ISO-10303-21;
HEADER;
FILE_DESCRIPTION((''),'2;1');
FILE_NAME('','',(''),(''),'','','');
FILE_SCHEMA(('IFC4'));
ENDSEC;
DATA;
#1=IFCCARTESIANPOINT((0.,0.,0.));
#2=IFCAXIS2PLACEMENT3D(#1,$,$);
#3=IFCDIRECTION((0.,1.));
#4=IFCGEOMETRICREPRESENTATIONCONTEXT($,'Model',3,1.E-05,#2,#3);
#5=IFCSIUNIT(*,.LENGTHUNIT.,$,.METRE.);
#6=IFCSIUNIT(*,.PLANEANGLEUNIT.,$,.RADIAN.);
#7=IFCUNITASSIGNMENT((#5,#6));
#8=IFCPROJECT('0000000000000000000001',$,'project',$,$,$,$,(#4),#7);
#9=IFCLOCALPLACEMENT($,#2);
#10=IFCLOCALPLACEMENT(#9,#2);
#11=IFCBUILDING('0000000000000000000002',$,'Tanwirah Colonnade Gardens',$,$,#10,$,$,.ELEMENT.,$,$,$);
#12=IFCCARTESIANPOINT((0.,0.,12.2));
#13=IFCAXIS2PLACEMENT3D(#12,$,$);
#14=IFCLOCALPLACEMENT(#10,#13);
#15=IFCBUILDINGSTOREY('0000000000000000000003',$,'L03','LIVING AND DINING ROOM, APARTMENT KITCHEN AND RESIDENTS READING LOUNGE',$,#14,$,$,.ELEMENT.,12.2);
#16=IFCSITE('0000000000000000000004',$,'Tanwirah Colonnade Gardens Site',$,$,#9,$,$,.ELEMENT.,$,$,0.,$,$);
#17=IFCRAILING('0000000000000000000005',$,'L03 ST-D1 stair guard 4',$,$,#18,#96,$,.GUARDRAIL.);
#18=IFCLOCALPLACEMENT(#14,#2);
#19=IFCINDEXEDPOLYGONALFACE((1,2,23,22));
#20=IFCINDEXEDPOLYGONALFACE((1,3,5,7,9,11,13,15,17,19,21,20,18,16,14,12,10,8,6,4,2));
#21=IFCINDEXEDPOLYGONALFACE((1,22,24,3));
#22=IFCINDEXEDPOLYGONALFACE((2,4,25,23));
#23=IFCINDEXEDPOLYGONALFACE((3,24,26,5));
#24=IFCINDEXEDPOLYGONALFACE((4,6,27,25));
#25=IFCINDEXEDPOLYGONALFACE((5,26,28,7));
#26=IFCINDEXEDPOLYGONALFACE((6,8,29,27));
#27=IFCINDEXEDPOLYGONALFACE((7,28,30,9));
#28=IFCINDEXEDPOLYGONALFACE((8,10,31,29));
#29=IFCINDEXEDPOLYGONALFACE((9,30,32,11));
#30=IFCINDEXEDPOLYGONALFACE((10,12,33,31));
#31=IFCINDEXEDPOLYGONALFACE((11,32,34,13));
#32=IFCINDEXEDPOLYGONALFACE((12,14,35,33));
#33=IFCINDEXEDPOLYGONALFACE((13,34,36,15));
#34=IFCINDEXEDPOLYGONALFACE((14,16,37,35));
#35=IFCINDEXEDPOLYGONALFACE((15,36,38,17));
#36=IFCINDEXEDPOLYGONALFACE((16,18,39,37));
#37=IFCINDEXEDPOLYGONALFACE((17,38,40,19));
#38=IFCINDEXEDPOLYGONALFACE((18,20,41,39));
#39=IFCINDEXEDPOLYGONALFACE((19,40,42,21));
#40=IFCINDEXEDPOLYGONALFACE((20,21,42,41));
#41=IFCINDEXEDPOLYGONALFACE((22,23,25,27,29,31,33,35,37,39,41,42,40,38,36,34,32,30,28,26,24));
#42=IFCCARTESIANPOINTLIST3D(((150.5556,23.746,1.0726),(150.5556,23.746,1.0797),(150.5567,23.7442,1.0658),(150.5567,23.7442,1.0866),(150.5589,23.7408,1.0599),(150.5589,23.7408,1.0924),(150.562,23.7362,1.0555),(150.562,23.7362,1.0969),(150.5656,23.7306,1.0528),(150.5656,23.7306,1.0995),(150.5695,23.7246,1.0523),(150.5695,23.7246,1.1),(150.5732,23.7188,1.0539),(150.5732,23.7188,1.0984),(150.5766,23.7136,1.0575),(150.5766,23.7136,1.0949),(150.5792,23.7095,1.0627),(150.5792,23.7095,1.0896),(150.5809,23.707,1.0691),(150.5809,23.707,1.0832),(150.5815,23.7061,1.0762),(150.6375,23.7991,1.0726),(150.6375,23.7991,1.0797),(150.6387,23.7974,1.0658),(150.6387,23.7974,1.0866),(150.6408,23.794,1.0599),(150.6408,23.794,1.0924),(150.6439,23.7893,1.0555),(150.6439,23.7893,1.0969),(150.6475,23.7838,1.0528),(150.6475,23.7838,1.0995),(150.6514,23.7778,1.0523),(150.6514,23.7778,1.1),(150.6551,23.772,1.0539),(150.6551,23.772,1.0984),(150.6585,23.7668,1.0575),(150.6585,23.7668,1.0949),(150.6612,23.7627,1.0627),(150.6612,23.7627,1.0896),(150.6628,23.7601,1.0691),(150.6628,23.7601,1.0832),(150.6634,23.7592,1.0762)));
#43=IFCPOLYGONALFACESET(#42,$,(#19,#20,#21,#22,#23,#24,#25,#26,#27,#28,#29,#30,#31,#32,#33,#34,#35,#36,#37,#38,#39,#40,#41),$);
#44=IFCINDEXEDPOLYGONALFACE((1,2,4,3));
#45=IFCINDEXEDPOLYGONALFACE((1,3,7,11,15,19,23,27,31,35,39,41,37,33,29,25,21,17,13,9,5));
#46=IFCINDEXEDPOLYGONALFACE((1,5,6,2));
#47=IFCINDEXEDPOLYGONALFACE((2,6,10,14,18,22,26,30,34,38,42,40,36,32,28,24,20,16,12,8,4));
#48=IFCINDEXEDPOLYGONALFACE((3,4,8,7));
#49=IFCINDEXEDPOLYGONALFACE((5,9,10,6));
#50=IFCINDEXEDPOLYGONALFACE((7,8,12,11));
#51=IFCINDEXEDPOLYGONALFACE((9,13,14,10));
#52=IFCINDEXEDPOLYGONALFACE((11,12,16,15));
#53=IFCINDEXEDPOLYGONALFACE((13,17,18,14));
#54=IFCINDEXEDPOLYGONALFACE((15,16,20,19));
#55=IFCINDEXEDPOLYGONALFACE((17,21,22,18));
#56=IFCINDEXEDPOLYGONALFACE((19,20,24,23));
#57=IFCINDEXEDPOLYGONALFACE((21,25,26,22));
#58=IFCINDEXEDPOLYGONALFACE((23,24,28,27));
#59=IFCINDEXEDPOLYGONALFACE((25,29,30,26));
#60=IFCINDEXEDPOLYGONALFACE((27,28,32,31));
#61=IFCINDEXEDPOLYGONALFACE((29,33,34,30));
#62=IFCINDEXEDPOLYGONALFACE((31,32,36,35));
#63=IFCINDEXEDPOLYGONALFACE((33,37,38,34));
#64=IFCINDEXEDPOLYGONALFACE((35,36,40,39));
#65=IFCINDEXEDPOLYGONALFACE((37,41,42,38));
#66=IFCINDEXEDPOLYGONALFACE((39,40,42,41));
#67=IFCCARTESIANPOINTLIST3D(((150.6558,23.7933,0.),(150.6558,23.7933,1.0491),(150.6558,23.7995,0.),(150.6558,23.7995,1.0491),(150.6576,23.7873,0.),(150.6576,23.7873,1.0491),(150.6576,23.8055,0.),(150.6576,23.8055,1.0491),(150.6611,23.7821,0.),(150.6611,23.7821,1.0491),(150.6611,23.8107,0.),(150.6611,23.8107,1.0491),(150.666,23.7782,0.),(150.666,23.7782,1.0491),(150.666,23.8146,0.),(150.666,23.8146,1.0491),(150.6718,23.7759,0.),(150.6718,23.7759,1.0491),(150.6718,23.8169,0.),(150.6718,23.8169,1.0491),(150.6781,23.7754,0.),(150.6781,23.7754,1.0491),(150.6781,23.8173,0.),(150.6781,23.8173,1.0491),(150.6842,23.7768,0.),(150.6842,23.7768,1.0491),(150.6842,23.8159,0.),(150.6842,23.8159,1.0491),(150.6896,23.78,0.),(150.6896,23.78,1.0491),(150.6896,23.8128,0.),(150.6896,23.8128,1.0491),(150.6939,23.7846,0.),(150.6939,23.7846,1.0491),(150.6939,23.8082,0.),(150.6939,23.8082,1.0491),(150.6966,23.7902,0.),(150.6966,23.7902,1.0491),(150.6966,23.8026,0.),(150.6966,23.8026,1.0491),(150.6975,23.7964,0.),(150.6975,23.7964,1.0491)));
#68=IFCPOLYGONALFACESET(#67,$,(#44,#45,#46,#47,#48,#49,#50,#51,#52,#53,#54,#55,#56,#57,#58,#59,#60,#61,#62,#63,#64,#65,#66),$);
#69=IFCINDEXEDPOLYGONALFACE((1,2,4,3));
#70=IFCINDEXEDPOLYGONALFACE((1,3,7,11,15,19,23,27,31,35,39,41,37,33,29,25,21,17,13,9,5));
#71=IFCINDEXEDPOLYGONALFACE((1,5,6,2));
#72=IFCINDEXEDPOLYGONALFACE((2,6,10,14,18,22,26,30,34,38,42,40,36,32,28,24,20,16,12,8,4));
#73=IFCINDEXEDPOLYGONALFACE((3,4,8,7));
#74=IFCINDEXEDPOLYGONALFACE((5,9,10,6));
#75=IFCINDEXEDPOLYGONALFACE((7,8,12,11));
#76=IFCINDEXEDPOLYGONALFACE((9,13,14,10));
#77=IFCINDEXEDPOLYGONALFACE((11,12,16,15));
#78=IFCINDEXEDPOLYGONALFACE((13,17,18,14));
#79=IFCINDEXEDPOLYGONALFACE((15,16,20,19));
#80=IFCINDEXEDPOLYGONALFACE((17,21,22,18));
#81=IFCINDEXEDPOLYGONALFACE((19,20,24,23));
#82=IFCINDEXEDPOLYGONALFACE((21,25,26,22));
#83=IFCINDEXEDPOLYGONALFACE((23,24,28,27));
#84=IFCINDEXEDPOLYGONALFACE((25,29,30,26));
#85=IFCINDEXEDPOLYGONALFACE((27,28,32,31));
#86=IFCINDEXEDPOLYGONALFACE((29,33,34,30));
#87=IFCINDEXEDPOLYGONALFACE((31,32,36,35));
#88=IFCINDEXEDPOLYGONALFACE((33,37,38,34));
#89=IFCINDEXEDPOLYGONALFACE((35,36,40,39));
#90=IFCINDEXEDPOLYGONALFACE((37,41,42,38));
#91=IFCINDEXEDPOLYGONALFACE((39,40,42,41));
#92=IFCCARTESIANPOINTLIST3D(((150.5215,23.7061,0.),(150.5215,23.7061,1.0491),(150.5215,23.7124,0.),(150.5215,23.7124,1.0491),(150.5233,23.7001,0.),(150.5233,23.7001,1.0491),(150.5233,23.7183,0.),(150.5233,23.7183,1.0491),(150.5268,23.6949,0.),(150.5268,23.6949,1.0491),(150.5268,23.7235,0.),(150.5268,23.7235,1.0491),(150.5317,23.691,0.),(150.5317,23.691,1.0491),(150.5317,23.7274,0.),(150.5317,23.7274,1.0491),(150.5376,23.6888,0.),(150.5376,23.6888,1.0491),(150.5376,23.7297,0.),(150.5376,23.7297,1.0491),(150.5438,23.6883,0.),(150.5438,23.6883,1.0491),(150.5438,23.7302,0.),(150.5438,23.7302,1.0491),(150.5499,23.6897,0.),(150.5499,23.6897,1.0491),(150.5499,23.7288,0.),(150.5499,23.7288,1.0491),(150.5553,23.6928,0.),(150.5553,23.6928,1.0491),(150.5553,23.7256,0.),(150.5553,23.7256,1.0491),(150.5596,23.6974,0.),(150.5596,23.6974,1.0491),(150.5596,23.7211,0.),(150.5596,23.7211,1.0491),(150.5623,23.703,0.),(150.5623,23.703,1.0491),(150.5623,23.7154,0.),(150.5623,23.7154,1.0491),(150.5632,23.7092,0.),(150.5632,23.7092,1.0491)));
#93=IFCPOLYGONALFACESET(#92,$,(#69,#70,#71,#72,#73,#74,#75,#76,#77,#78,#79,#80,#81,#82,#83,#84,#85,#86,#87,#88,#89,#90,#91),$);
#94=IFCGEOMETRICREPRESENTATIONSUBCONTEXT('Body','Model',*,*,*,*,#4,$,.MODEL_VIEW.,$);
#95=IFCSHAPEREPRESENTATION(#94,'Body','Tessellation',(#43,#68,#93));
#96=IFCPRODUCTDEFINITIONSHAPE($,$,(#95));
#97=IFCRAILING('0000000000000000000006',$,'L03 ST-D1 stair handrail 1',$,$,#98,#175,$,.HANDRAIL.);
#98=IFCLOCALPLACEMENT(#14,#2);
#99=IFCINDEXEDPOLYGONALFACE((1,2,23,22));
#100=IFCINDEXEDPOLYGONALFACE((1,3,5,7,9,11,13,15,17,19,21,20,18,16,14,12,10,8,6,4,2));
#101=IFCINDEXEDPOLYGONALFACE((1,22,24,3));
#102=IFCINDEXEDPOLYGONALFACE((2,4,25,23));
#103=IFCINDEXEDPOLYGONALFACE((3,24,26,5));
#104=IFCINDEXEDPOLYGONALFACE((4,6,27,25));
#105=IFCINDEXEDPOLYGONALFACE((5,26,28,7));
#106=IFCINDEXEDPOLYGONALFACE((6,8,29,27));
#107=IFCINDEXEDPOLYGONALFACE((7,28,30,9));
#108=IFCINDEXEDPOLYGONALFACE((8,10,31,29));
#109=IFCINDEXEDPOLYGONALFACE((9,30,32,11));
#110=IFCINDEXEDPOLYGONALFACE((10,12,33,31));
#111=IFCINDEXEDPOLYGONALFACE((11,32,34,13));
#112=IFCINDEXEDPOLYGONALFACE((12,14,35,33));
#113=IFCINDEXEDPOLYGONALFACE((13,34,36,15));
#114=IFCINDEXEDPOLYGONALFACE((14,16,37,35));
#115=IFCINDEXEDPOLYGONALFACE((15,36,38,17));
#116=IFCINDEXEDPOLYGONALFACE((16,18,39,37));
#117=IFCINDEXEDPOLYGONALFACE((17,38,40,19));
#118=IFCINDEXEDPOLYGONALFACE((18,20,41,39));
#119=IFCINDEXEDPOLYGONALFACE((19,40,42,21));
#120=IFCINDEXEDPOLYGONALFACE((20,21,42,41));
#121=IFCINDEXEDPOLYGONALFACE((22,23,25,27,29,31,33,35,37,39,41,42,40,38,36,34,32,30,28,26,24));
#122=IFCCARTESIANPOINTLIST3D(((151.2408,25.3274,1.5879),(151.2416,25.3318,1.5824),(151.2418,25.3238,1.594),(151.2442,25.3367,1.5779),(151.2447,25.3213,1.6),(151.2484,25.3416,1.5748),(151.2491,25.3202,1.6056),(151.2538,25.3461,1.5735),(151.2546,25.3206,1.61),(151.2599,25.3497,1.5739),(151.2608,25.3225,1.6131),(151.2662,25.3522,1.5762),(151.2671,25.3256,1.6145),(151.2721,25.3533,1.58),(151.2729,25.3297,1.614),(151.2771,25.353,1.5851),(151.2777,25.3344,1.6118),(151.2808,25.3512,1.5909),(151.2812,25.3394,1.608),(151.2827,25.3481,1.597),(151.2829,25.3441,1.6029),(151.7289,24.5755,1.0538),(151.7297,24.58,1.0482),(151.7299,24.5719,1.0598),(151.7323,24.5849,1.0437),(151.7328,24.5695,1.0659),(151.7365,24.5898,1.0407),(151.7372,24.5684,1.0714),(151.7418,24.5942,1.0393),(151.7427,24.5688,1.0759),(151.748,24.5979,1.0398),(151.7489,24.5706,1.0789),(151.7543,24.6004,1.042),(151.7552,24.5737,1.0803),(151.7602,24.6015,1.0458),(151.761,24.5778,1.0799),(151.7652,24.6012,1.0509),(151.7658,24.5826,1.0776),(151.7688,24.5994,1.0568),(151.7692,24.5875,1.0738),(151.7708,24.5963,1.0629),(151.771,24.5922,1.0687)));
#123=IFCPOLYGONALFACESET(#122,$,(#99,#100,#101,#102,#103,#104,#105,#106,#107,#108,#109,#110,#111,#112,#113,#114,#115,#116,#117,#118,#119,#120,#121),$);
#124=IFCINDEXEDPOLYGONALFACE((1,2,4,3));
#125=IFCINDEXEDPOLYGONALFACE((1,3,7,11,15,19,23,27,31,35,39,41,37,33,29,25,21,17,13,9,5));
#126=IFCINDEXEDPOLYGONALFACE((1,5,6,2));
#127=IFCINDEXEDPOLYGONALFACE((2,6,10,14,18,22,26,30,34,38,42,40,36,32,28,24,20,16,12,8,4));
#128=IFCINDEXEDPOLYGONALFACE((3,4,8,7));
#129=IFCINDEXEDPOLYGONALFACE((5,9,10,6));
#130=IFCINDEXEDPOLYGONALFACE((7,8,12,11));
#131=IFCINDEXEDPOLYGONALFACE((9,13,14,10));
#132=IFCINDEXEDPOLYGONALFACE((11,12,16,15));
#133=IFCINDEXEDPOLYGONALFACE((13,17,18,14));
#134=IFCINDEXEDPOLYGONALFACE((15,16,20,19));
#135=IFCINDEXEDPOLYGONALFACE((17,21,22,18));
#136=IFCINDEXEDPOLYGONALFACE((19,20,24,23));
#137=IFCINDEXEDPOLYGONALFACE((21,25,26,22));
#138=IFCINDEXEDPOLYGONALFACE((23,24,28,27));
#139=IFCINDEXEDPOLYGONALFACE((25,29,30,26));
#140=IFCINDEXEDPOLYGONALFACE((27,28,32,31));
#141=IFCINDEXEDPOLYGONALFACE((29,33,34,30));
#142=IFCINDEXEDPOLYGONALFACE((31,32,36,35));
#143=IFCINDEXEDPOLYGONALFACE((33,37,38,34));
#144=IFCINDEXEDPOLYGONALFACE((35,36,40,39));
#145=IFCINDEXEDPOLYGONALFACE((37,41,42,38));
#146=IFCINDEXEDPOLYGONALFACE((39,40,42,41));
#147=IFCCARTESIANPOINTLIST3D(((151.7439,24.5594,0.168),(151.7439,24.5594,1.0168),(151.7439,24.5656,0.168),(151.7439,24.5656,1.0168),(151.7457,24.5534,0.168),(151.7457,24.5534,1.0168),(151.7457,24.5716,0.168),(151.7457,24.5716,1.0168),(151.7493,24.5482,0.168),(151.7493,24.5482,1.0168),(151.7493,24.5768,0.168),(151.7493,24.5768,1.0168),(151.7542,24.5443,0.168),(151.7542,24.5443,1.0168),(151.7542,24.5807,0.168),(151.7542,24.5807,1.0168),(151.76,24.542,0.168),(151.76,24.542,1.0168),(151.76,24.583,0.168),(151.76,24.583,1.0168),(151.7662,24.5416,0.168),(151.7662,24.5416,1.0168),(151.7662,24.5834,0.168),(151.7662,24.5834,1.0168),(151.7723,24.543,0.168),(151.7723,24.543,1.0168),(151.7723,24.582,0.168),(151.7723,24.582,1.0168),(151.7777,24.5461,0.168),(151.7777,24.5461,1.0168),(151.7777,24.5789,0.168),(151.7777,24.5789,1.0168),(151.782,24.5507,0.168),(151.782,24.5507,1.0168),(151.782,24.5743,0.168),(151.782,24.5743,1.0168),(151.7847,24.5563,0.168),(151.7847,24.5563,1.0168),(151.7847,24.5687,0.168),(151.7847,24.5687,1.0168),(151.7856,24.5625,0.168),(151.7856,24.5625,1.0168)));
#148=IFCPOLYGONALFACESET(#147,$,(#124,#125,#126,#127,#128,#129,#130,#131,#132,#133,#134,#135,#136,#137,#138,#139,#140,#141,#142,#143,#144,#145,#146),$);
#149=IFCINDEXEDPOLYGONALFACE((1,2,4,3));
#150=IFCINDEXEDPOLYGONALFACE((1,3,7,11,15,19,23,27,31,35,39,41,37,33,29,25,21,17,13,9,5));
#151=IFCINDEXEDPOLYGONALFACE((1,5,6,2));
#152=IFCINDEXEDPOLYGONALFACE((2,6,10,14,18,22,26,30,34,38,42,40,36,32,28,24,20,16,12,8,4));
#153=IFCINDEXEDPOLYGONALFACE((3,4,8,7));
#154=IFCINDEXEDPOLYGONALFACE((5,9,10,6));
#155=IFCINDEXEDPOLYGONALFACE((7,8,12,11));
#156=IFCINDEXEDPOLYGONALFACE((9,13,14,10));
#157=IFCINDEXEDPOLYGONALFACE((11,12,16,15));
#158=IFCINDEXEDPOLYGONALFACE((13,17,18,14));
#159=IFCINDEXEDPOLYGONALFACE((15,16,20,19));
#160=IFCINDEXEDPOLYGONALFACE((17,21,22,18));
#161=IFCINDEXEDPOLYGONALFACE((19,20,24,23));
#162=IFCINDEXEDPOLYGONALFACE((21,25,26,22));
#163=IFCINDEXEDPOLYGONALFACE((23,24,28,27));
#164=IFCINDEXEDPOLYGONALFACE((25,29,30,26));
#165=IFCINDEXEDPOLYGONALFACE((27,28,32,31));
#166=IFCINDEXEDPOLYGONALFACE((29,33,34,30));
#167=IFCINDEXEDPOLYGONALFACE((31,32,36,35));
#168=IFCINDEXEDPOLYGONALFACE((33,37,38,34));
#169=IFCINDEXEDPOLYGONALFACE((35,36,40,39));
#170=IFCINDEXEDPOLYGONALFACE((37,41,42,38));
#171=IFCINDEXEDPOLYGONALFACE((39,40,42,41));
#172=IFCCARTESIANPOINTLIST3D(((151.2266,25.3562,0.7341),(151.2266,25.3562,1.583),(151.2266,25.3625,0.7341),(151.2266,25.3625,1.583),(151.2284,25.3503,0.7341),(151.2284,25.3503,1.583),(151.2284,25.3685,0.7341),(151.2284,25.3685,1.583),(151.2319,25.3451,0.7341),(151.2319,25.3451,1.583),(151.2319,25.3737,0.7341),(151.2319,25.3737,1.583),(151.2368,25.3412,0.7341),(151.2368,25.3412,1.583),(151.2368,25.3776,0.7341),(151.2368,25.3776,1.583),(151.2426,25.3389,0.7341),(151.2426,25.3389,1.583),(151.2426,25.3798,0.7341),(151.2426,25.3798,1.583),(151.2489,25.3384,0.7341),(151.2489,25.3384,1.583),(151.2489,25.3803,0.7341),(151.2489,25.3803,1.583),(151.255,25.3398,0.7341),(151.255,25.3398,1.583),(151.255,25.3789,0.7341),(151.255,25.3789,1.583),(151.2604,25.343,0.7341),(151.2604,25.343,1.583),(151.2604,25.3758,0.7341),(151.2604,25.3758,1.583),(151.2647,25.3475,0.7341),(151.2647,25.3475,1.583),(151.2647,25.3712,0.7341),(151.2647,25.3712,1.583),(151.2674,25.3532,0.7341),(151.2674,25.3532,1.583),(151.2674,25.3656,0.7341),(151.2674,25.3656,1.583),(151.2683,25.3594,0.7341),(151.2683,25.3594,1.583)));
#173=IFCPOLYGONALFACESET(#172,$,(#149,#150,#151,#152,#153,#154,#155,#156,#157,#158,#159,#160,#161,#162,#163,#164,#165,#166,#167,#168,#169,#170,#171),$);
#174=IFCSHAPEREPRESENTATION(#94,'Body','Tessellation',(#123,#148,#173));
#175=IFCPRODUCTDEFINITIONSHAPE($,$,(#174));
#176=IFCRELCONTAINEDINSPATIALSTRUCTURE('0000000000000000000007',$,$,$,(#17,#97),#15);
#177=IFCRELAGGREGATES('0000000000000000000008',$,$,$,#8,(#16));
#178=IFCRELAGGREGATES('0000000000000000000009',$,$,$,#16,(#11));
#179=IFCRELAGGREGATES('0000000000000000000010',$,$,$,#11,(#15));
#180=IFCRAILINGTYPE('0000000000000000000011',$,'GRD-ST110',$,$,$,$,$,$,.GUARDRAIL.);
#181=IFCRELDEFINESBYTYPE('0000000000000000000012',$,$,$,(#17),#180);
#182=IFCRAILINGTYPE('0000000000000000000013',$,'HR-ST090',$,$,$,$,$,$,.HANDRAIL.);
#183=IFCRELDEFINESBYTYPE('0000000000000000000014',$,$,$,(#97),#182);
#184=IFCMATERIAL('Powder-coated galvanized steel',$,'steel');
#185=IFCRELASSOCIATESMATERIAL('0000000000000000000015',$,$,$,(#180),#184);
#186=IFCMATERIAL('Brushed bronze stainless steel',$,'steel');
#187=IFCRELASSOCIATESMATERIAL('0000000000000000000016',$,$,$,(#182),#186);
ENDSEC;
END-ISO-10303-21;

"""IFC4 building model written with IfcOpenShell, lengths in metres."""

from ifc_helpers import new_model, si_unit, direction, frame, origin, origin_2d, place, context, subcontext, project, spatial, circle, extrude, material, type_object, element, save


model = new_model("IFC4")

# Units and contexts
model_context = context("Model", 3, precision=1e-05, world=origin(), true_north=direction((0.0, 1.0)))
body_context = subcontext(model_context, "Body", "Model", "MODEL_VIEW")
ifc_project = project(units=[si_unit("LENGTHUNIT", "METRE"), si_unit("PLANEANGLEUNIT", "RADIAN")], contexts=[model_context])

# Site, building, storey
site_placement = place(None, origin())
site = spatial("IfcSite", under=ifc_project, at=site_placement, Name="Tanwirah Colonnade Gardens Site", CompositionType="ELEMENT", RefElevation=0.0)
building_placement = place(site_placement, origin())
building = spatial("IfcBuilding", under=site, at=building_placement, Name="Tanwirah Colonnade Gardens", CompositionType="ELEMENT")
storey_placement = place(building_placement, frame((0.0, 0.0, 12.2)))
storey = spatial("IfcBuildingStorey", under=building, at=storey_placement, Name="L03", Description="LIVING AND DINING ROOM, APARTMENT KITCHEN AND RESIDENTS READING LOUNGE", CompositionType="ELEMENT", Elevation=12.2)

# Railings
ifc_material_1 = material(Name="Powder-coated galvanized steel", Category="steel")
railing_type_1 = type_object("IfcRailingType", Name="GRD-ST110", PredefinedType="GUARDRAIL", material=ifc_material_1)
railing_1_placement = place(storey_placement, frame((150.6765, 23.7964, 0.0)))
element("IfcRailing", 1, at=railing_1_placement, inside=storey, type_object=railing_type_1, Name="L03 ST-D1 stair guard 4", PredefinedType="GUARDRAIL", context=body_context, shape_type="SweptSolid", body=[
    extrude(circle(Radius=0.0239, at=origin_2d()), frame((-0.0261, -0.0171, 1.0762), z_axis=(-0.838792, -0.544452, 0.0), x_axis=(0.544452, -0.838792, 0.0)), (0.0, 0.0, 1.0), 0.0977),
    extrude(circle(Radius=0.021, at=origin_2d()), origin(), (0.0, 0.0, 1.0), 1.0491),
    extrude(circle(Radius=0.021, at=origin_2d()), frame((-0.1343, -0.0872, 0.0)), (0.0, 0.0, 1.0), 1.0491),
])
ifc_material_2 = material(Name="Brushed bronze stainless steel", Category="steel")
railing_type_2 = type_object("IfcRailingType", Name="HR-ST090", PredefinedType="HANDRAIL", material=ifc_material_2)
railing_2_placement = place(storey_placement, frame((151.7646, 24.5625, 0.168)))
element("IfcRailing", 2, at=railing_2_placement, inside=storey, type_object=railing_type_2, Name="L03 ST-D1 stair handrail 1", PredefinedType="HANDRAIL", context=body_context, shape_type="SweptSolid", body=[
    extrude(circle(Radius=0.0239, at=origin_2d()), frame((-0.0146, 0.0225, 0.8918), z_axis=(-0.467762, 0.720517, 0.511912), x_axis=(-0.838749, -0.544519, 0.0)), (0.0, 0.0, 1.0), 1.0435),
    extrude(circle(Radius=0.021, at=origin_2d()), origin(), (0.0, 0.0, 1.0), 0.8489),
    extrude(circle(Radius=0.021, at=origin_2d()), frame((-0.5173, 0.7969, 0.5662)), (0.0, 0.0, 1.0), 0.8489),
])

save(model, "model.ifc")
